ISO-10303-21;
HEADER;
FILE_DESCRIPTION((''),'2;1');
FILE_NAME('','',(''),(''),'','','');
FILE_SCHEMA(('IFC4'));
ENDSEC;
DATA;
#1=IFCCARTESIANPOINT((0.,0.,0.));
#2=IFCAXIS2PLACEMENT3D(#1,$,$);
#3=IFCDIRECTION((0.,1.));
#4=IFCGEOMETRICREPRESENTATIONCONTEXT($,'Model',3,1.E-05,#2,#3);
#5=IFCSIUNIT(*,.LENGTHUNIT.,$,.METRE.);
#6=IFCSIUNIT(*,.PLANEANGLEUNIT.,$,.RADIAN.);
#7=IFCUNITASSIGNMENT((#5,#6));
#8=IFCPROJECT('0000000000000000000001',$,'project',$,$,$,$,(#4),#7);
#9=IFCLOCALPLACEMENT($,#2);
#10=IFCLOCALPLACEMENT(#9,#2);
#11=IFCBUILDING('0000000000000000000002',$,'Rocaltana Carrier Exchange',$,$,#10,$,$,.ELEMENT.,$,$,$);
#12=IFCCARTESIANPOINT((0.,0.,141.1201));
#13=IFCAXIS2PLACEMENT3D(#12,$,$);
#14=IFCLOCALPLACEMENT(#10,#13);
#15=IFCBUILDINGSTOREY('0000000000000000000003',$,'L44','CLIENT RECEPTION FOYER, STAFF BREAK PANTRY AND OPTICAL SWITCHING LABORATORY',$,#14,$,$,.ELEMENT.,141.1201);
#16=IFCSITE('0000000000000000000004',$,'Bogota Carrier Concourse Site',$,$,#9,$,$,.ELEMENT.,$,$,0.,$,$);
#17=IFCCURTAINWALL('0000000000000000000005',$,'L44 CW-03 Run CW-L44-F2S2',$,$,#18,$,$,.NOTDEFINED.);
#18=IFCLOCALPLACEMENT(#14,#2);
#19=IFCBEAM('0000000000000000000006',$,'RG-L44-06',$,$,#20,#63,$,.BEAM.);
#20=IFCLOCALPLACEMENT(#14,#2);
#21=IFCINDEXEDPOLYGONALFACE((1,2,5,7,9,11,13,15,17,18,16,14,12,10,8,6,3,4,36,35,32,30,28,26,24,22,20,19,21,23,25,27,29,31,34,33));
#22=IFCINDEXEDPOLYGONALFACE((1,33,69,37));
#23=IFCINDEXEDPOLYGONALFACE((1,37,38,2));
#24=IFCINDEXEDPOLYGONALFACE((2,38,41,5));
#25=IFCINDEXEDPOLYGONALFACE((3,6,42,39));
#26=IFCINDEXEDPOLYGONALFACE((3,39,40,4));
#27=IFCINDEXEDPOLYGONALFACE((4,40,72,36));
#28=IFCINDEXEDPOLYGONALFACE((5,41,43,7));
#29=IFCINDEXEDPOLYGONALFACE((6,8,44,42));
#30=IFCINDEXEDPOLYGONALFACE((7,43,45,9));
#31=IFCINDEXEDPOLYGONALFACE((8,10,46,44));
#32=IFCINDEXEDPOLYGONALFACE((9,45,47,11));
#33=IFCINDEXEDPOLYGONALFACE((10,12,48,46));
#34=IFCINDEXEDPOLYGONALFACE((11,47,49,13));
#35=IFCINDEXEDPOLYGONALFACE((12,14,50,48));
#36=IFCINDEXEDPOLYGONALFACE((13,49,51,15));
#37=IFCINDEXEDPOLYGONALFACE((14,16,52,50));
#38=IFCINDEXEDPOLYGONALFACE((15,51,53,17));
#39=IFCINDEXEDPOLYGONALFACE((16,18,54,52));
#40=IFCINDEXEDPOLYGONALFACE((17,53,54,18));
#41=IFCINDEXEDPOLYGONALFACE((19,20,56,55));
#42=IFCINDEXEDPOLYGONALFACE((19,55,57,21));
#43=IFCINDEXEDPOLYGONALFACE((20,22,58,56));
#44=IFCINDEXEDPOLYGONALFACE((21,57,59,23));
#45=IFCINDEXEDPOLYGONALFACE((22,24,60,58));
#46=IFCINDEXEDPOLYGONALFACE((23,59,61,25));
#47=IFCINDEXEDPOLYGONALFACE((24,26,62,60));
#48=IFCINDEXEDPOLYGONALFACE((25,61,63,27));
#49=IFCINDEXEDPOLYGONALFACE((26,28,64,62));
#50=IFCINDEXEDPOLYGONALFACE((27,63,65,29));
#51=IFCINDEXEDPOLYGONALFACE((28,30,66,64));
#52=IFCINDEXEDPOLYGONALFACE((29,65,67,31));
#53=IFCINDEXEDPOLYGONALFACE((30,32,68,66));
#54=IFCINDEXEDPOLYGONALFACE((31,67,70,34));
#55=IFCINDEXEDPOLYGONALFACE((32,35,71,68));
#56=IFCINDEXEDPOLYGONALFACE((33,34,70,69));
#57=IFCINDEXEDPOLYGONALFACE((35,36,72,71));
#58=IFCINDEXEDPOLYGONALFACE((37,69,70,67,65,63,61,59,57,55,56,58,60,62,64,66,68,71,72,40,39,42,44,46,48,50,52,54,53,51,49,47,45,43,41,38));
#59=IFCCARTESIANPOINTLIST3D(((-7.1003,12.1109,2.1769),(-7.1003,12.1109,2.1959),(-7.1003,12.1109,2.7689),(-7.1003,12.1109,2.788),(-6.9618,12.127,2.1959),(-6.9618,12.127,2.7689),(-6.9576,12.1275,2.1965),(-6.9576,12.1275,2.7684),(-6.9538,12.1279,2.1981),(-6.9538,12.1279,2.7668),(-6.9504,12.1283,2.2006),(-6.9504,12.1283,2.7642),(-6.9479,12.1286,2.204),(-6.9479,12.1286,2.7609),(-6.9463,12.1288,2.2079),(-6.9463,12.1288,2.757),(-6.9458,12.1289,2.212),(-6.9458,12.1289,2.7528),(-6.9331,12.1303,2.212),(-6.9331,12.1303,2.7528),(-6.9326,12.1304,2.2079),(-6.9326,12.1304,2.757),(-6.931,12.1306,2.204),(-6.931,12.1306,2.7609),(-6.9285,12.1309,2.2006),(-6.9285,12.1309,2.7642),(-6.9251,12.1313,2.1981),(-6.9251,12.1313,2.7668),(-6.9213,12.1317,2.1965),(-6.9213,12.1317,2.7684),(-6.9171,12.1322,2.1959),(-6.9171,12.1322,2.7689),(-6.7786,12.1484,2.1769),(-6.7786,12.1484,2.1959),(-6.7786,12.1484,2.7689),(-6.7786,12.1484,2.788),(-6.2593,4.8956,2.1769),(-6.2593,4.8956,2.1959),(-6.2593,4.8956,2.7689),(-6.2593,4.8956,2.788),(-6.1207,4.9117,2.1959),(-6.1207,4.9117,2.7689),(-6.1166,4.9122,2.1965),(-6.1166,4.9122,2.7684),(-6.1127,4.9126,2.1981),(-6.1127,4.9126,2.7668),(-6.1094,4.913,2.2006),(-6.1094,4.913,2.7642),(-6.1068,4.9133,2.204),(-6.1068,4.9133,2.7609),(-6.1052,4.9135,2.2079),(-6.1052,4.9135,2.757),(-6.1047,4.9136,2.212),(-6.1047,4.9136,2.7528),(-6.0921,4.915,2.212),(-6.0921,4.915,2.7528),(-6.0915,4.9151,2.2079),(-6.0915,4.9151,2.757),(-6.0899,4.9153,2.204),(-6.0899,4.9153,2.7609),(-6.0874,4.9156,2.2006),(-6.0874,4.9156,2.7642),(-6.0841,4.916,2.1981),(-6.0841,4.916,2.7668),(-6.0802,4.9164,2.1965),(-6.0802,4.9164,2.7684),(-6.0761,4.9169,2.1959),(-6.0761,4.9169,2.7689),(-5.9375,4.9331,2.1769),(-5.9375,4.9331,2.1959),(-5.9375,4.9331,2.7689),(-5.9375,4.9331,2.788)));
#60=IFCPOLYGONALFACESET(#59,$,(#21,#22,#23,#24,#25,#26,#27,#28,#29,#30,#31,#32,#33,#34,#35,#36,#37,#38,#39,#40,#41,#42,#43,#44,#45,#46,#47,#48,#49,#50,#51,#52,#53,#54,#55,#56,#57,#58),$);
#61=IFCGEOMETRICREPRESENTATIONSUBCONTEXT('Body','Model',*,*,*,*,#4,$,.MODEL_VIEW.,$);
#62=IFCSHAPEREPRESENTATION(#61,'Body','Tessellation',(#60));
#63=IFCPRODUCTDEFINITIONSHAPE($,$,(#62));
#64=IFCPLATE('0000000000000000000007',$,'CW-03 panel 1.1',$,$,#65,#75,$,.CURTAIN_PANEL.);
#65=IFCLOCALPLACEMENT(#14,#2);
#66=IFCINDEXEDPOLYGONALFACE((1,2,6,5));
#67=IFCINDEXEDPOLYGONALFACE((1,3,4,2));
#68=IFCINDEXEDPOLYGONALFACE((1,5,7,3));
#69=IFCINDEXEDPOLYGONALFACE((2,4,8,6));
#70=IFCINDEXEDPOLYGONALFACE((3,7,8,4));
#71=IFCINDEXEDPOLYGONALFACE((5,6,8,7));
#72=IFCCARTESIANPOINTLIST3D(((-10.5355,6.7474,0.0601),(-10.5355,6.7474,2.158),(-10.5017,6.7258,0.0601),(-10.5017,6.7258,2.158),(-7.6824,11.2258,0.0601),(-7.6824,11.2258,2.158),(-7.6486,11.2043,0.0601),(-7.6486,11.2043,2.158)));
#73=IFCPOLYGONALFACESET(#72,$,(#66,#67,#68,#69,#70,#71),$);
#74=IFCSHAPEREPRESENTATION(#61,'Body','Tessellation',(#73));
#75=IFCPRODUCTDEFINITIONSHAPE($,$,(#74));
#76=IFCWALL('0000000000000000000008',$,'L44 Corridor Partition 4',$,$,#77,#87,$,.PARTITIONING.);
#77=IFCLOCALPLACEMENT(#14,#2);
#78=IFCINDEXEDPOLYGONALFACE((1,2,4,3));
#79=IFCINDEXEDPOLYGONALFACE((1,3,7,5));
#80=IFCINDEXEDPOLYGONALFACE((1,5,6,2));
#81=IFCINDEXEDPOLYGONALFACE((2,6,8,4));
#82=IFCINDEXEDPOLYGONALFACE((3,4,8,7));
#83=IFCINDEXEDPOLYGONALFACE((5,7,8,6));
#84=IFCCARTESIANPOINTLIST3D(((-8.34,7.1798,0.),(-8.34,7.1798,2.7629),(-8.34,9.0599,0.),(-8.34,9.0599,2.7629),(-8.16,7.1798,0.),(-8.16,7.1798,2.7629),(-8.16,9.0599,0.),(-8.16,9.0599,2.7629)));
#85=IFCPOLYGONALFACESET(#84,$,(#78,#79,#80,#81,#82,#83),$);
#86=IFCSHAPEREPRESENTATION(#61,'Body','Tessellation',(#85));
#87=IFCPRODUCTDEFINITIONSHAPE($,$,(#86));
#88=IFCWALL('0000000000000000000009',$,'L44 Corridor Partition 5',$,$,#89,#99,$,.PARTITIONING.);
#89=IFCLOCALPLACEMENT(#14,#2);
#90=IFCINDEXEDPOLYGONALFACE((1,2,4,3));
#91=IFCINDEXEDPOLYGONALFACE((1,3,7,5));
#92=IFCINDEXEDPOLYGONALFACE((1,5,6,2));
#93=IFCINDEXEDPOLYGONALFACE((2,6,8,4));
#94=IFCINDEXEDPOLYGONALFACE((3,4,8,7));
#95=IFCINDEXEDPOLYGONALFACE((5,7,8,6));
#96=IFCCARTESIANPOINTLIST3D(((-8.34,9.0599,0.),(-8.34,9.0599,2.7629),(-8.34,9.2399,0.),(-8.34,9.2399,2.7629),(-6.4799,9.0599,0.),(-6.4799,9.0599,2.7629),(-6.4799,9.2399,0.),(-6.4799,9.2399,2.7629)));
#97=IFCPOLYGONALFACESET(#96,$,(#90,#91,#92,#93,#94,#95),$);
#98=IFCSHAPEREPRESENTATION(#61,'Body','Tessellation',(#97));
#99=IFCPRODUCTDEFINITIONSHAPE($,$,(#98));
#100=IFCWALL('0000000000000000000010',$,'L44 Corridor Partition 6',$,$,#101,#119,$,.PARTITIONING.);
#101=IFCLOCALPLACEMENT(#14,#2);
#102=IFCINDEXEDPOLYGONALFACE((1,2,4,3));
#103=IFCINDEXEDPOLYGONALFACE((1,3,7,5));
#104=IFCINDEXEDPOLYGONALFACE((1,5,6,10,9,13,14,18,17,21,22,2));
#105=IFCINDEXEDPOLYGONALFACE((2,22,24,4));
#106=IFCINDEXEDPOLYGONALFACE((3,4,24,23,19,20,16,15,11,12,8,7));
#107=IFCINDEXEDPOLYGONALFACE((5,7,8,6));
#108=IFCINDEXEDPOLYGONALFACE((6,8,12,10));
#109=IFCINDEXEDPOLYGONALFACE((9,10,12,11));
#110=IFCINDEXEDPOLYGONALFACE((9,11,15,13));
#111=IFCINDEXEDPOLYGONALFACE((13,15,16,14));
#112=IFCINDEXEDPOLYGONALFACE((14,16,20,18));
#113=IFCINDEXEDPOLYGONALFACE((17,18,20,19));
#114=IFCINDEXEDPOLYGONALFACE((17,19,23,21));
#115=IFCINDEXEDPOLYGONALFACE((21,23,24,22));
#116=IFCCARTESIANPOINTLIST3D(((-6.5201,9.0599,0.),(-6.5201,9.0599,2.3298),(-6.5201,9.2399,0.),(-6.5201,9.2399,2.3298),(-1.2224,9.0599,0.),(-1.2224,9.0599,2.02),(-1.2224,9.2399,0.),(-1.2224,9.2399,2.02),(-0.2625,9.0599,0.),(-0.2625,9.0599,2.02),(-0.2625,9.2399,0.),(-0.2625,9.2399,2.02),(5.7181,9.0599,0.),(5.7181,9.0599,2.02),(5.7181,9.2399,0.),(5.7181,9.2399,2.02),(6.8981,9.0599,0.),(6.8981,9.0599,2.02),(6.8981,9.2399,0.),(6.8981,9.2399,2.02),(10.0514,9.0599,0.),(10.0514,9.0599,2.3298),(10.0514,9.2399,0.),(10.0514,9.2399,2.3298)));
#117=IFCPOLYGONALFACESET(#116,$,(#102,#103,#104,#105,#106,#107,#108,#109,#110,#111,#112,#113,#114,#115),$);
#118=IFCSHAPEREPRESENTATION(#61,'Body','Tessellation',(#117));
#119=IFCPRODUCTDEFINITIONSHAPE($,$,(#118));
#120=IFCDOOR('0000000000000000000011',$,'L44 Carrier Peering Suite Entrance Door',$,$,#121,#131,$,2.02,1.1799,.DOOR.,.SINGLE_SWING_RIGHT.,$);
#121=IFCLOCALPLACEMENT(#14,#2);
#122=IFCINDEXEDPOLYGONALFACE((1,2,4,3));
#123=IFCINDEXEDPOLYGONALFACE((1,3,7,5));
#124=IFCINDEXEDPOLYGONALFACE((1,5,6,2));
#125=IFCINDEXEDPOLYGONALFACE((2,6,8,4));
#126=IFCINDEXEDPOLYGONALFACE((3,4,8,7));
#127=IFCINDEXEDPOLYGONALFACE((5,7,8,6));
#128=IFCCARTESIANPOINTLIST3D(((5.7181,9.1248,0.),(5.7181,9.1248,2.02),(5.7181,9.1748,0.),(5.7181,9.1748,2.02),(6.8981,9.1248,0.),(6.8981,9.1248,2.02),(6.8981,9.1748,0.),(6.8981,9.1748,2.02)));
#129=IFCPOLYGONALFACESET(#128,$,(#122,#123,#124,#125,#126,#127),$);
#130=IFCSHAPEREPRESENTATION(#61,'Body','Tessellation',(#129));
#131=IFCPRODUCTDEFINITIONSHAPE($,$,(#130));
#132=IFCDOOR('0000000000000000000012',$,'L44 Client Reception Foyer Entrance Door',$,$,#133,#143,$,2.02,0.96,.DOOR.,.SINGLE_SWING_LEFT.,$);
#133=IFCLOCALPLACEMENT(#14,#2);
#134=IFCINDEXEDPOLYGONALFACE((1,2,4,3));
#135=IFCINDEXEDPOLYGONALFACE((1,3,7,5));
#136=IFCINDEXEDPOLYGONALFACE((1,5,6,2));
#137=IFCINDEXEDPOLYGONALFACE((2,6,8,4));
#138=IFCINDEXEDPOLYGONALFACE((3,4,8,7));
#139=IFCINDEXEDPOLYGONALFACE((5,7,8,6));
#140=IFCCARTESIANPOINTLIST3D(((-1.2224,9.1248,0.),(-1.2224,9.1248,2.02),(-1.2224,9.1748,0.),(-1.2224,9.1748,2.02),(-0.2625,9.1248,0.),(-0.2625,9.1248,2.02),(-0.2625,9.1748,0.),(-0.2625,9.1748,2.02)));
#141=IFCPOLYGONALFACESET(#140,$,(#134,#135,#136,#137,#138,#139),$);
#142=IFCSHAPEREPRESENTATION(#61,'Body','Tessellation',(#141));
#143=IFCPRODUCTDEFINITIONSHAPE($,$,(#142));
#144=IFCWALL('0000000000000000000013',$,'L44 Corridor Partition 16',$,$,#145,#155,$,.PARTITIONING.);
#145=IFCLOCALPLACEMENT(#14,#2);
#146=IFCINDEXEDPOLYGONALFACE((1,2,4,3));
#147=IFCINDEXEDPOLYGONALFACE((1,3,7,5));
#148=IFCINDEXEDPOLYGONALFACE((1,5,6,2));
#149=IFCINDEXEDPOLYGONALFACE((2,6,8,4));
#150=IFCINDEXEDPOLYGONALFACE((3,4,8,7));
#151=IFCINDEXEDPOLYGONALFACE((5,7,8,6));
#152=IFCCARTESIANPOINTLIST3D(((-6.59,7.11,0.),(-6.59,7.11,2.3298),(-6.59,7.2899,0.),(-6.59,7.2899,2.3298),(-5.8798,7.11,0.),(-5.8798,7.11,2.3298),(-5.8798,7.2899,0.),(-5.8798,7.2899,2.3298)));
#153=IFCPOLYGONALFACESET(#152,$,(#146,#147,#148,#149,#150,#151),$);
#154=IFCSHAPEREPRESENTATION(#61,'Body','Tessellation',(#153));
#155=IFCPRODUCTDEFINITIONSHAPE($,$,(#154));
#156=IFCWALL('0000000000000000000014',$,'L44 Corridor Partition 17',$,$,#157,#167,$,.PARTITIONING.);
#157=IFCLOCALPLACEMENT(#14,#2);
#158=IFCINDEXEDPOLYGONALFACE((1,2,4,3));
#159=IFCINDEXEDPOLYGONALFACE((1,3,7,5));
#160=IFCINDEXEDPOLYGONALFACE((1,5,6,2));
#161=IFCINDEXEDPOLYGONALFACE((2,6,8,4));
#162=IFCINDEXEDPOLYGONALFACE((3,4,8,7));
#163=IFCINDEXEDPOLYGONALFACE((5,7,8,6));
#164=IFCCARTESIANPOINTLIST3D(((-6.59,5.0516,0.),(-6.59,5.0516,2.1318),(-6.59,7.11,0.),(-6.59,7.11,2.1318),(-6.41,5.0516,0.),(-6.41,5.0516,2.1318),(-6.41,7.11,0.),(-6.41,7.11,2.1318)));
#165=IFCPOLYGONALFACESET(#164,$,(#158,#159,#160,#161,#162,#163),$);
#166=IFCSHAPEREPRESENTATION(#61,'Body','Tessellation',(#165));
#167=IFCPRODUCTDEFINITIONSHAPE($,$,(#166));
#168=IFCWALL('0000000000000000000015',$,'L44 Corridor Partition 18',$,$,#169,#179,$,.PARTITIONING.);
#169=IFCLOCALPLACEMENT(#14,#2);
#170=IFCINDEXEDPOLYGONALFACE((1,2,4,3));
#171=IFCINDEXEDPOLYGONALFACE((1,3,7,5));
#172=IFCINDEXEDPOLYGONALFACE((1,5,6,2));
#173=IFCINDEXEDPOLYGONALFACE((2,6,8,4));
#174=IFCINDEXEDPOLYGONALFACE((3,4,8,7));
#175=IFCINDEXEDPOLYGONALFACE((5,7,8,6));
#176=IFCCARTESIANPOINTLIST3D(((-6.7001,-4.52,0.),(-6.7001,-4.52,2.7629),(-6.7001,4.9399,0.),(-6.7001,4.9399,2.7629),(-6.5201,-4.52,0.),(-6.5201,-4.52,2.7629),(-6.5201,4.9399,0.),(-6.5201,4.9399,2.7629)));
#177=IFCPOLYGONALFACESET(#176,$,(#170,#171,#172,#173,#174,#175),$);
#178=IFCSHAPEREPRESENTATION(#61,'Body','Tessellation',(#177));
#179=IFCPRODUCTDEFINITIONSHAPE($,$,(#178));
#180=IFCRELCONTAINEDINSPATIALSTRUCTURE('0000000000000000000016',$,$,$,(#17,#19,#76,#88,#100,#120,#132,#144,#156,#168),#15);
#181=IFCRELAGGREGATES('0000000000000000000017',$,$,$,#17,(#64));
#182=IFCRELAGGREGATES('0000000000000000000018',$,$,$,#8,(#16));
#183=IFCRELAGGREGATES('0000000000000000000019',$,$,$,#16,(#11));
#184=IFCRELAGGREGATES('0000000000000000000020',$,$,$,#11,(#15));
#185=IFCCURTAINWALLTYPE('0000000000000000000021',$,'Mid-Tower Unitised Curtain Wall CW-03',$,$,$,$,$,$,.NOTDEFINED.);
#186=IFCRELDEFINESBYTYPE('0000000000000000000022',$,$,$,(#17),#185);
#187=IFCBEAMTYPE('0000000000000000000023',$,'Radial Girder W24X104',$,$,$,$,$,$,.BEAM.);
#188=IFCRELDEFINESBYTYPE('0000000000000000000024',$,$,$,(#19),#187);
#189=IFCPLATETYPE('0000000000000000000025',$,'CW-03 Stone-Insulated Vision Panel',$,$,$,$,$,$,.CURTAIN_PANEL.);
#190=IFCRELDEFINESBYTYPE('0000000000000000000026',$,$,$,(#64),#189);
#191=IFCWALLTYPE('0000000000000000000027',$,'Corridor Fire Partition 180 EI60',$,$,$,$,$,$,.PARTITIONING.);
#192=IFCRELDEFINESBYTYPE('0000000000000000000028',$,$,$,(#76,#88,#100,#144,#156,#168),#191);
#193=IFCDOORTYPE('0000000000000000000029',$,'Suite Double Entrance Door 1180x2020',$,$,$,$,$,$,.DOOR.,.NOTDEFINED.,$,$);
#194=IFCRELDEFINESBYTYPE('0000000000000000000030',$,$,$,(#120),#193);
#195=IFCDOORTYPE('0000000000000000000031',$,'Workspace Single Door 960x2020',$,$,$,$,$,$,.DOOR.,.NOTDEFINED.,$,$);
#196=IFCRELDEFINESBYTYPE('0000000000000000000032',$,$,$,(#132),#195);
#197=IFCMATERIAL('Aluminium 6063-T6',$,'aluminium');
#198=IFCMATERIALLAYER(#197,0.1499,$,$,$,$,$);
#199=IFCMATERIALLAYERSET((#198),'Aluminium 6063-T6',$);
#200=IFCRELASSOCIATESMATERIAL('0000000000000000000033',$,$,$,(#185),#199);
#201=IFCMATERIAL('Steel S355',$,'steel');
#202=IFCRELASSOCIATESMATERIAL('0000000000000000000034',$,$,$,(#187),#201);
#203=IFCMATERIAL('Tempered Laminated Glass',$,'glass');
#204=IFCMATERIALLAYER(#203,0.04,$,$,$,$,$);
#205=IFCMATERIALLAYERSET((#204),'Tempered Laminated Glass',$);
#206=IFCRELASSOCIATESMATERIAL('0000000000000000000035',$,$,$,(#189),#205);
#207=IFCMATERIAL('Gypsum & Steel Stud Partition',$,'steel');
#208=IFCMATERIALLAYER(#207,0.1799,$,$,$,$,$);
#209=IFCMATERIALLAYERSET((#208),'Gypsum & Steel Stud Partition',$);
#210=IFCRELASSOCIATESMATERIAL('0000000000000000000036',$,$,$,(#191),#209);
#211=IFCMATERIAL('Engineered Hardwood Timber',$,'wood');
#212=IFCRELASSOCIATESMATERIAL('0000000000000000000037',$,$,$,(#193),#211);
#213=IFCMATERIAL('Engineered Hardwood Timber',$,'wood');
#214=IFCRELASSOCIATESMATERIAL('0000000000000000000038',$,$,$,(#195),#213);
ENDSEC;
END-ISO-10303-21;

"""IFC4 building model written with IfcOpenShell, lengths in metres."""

from ifc_helpers import new_model, si_unit, direction, frame, frame_2d, origin, origin_2d, place, context, subcontext, project, spatial, rectangle, i_section, extrude, material, layer, layer_set, material_profile, profile_set, type_object, element, fill, aggregate, save


model = new_model("IFC4")

# Units and contexts
model_context = context("Model", 3, precision=1e-05, world=origin(), true_north=direction((0.0, 1.0)))
body_context = subcontext(model_context, "Body", "Model", "MODEL_VIEW")
ifc_project = project(units=[si_unit("LENGTHUNIT", "METRE"), si_unit("PLANEANGLEUNIT", "RADIAN")], contexts=[model_context])

# Site, building, storey
site_placement = place(None, origin())
site = spatial("IfcSite", under=ifc_project, at=site_placement, Name="Bogota Carrier Concourse Site", CompositionType="ELEMENT", RefElevation=0.0)
building_placement = place(site_placement, origin())
building = spatial("IfcBuilding", under=site, at=building_placement, Name="Rocaltana Carrier Exchange", CompositionType="ELEMENT")
storey_placement = place(building_placement, frame((0.0, 0.0, 141.1201)))
storey = spatial("IfcBuildingStorey", under=building, at=storey_placement, Name="L44", Description="CLIENT RECEPTION FOYER, STAFF BREAK PANTRY AND OPTICAL SWITCHING LABORATORY", CompositionType="ELEMENT", Elevation=141.1201)

# Curtain wall
ifc_material_1 = material(Name="Aluminium 6063-T6", Category="aluminium")
ifc_layer_1 = layer(ifc_material_1, 0.1499)
ifc_layer_set_1 = layer_set([ifc_layer_1], Name="Aluminium 6063-T6")
curtain_wall_type = type_object("IfcCurtainWallType", Name="Mid-Tower Unitised Curtain Wall CW-03", PredefinedType="NOTDEFINED", material=ifc_layer_set_1)
curtain_wall_placement = place(storey_placement, origin())
curtain_wall = element("IfcCurtainWall", 1, at=curtain_wall_placement, inside=storey, type_object=curtain_wall_type, Name="L44 CW-03 Run CW-L44-F2S2", PredefinedType="NOTDEFINED")

# Beam
ifc_material_2 = material(Name="Steel S355", Category="steel")
ifc_material_profile_1 = material_profile(ifc_material_2, i_section(OverallWidth=0.324, OverallDepth=0.6111, WebThickness=0.0127, FlangeThickness=0.019, FilletRadius=0.0161, at=origin_2d()), Name="W24X104")
ifc_profile_set_1 = profile_set([ifc_material_profile_1], Name="Steel S355")
beam_type_1 = type_object("IfcBeamType", Name="Radial Girder W24X104", PredefinedType="BEAM", material=ifc_profile_set_1)
beam_1_placement = place(storey_placement, frame((-6.0984, 4.9143, 2.4824), z_axis=(-0.115782, 0.993275, 0.0), x_axis=(-0.993275, -0.115782, 0.0)))
element("IfcBeam", 2, at=beam_1_placement, inside=storey, type_object=beam_type_1, Name="RG-L44-06", PredefinedType="BEAM", context=body_context, shape_type="SweptSolid", body=[
    extrude(i_section(OverallWidth=0.324, OverallDepth=0.6111, WebThickness=0.0127, FlangeThickness=0.019, FilletRadius=0.0161, at=origin_2d()), origin(), (0.0, 0.0, 1.0), 7.2642),
])

# Plate
ifc_material_3 = material(Name="Tempered Laminated Glass", Category="glass")
ifc_layer_2 = layer(ifc_material_3, 0.04)
ifc_layer_set_2 = layer_set([ifc_layer_2], Name="Tempered Laminated Glass")
plate_type = type_object("IfcPlateType", Name="CW-03 Stone-Insulated Vision Panel", PredefinedType="CURTAIN_PANEL", material=ifc_layer_set_2)
plate_placement = place(storey_placement, frame((-9.092, 8.9758, 0.0601), z_axis=(0.0, 0.0, 1.0), x_axis=(-0.537301, -0.843391, 0.0)))
plate = element("IfcPlate", 3, at=plate_placement, type_object=plate_type, Name="CW-03 panel 1.1", PredefinedType="CURTAIN_PANEL", context=body_context, shape_type="SweptSolid", body=[
    extrude(rectangle(XDim=5.3101, YDim=0.04, at=origin_2d()), origin(), (0.0, 0.0, 1.0), 2.0979),
])
aggregate(curtain_wall, [plate])

# Walls
ifc_material_4 = material(Name="Gypsum & Steel Stud Partition", Category="steel")
ifc_layer_3 = layer(ifc_material_4, 0.1799)
ifc_layer_set_3 = layer_set([ifc_layer_3], Name="Gypsum & Steel Stud Partition")
wall_type_1 = type_object("IfcWallType", Name="Corridor Fire Partition 180 EI60", PredefinedType="PARTITIONING", material=ifc_layer_set_3)
wall_1_placement = place(storey_placement, frame((-8.25, 7.1799, 0.0), z_axis=(0.0, 0.0, 1.0), x_axis=(0.0, 1.0, 0.0)))
element("IfcWall", 4, at=wall_1_placement, inside=storey, type_object=wall_type_1, Name="L44 Corridor Partition 4", PredefinedType="PARTITIONING", context=body_context, shape_type="SweptSolid", body=[
    extrude(rectangle(XDim=1.8801, YDim=0.1799, at=frame_2d((0.9399, 0.0))), origin(), (0.0, 0.0, 1.0), 2.7629),
])
wall_2_placement = place(storey_placement, frame((-8.3401, 9.1499, 0.0), z_axis=(0.0, 0.0, 1.0), x_axis=(1.0, 0.0, 0.0)))
element("IfcWall", 5, at=wall_2_placement, inside=storey, type_object=wall_type_1, Name="L44 Corridor Partition 5", PredefinedType="PARTITIONING", context=body_context, shape_type="SweptSolid", body=[
    extrude(rectangle(XDim=1.8601, YDim=0.1799, at=frame_2d((0.9302, 0.0))), origin(), (0.0, 0.0, 1.0), 2.7629),
])

# Wall, openings, doors
wall_3_placement = place(storey_placement, frame((-6.52, 9.1499, 0.0), z_axis=(0.0, 0.0, 1.0), x_axis=(1.0, 0.0, 0.0)))
wall_3 = element("IfcWall", 6, at=wall_3_placement, inside=storey, type_object=wall_type_1, Name="L44 Corridor Partition 6", PredefinedType="PARTITIONING", context=body_context, shape_type="SweptSolid", body=[
    extrude(rectangle(XDim=16.5715, YDim=0.1799, at=frame_2d((8.2856, 0.0))), origin(), (0.0, 0.0, 1.0), 2.3298),
])
opening_1_placement = place(wall_3_placement, frame((12.2383, 0.0, 0.0)))
opening_1 = element("IfcOpeningElement", 7, at=opening_1_placement, cuts=wall_3, PredefinedType="OPENING", context=body_context, shape_type="SweptSolid", body=[
    extrude(rectangle(XDim=1.1799, YDim=2.02, at=frame_2d((0.5898, 1.01))), frame((0.0, 0.0999, 0.0), z_axis=(0.0, -1.0, 0.0), x_axis=(1.0, 0.0, 0.0)), (0.0, 0.0, 1.0), 0.2),
])
opening_2_placement = place(wall_3_placement, frame((5.2976, 0.0, 0.0)))
opening_2 = element("IfcOpeningElement", 8, at=opening_2_placement, cuts=wall_3, PredefinedType="OPENING", context=body_context, shape_type="SweptSolid", body=[
    extrude(rectangle(XDim=0.96, YDim=2.02, at=frame_2d((0.48, 1.01))), frame((0.0, 0.0999, 0.0), z_axis=(0.0, -1.0, 0.0), x_axis=(1.0, 0.0, 0.0)), (0.0, 0.0, 1.0), 0.2),
])
ifc_material_5 = material(Name="Engineered Hardwood Timber", Category="wood")
door_type_1 = type_object("IfcDoorType", Name="Suite Double Entrance Door 1180x2020", OperationType="NOTDEFINED", PredefinedType="DOOR", material=ifc_material_5)
door_1_placement = place(opening_1_placement, origin())
door_1 = element("IfcDoor", 9, at=door_1_placement, inside=storey, type_object=door_type_1, Name="L44 Carrier Peering Suite Entrance Door", OperationType="SINGLE_SWING_RIGHT", OverallHeight=2.02, OverallWidth=1.1799, PredefinedType="DOOR", context=body_context, shape_type="SweptSolid", body=[
    extrude(rectangle(XDim=1.1799, YDim=2.02, at=frame_2d((0.5898, 1.01))), frame((0.0, 0.0249, 0.0), z_axis=(0.0, -1.0, 0.0), x_axis=(1.0, 0.0, 0.0)), (0.0, 0.0, 1.0), 0.05),
])
fill(opening_1, door_1)
ifc_material_6 = material(Name="Engineered Hardwood Timber", Category="wood")
door_type_2 = type_object("IfcDoorType", Name="Workspace Single Door 960x2020", OperationType="NOTDEFINED", PredefinedType="DOOR", material=ifc_material_6)
door_2_placement = place(opening_2_placement, origin())
door_2 = element("IfcDoor", 10, at=door_2_placement, inside=storey, type_object=door_type_2, Name="L44 Client Reception Foyer Entrance Door", OperationType="SINGLE_SWING_LEFT", OverallHeight=2.02, OverallWidth=0.96, PredefinedType="DOOR", context=body_context, shape_type="SweptSolid", body=[
    extrude(rectangle(XDim=0.96, YDim=2.02, at=frame_2d((0.48, 1.01))), frame((0.0, 0.0249, 0.0), z_axis=(0.0, -1.0, 0.0), x_axis=(1.0, 0.0, 0.0)), (0.0, 0.0, 1.0), 0.05),
])
fill(opening_2, door_2)

# Walls
wall_4_placement = place(storey_placement, frame((-5.8799, 7.2, 0.0), z_axis=(0.0, 0.0, 1.0), x_axis=(-1.0, 0.0, 0.0)))
element("IfcWall", 11, at=wall_4_placement, inside=storey, type_object=wall_type_1, Name="L44 Corridor Partition 16", PredefinedType="PARTITIONING", context=body_context, shape_type="SweptSolid", body=[
    extrude(rectangle(XDim=0.7102, YDim=0.1799, at=frame_2d((0.355, 0.0))), origin(), (0.0, 0.0, 1.0), 2.3298),
])
wall_5_placement = place(storey_placement, frame((-6.5, 7.1101, 0.0), z_axis=(0.0, 0.0, 1.0), x_axis=(0.0, -1.0, 0.0)))
element("IfcWall", 12, at=wall_5_placement, inside=storey, type_object=wall_type_1, Name="L44 Corridor Partition 17", PredefinedType="PARTITIONING", context=body_context, shape_type="SweptSolid", body=[
    extrude(rectangle(XDim=2.0583, YDim=0.1799, at=frame_2d((1.0293, 0.0))), origin(), (0.0, 0.0, 1.0), 2.1318),
])
wall_6_placement = place(storey_placement, frame((-6.6101, 4.9399, 0.0), z_axis=(0.0, 0.0, 1.0), x_axis=(0.0, -1.0, 0.0)))
element("IfcWall", 13, at=wall_6_placement, inside=storey, type_object=wall_type_1, Name="L44 Corridor Partition 18", PredefinedType="PARTITIONING", context=body_context, shape_type="SweptSolid", body=[
    extrude(rectangle(XDim=9.46, YDim=0.1799, at=frame_2d((4.73, 0.0))), origin(), (0.0, 0.0, 1.0), 2.7629),
])

save(model, "model.ifc")
